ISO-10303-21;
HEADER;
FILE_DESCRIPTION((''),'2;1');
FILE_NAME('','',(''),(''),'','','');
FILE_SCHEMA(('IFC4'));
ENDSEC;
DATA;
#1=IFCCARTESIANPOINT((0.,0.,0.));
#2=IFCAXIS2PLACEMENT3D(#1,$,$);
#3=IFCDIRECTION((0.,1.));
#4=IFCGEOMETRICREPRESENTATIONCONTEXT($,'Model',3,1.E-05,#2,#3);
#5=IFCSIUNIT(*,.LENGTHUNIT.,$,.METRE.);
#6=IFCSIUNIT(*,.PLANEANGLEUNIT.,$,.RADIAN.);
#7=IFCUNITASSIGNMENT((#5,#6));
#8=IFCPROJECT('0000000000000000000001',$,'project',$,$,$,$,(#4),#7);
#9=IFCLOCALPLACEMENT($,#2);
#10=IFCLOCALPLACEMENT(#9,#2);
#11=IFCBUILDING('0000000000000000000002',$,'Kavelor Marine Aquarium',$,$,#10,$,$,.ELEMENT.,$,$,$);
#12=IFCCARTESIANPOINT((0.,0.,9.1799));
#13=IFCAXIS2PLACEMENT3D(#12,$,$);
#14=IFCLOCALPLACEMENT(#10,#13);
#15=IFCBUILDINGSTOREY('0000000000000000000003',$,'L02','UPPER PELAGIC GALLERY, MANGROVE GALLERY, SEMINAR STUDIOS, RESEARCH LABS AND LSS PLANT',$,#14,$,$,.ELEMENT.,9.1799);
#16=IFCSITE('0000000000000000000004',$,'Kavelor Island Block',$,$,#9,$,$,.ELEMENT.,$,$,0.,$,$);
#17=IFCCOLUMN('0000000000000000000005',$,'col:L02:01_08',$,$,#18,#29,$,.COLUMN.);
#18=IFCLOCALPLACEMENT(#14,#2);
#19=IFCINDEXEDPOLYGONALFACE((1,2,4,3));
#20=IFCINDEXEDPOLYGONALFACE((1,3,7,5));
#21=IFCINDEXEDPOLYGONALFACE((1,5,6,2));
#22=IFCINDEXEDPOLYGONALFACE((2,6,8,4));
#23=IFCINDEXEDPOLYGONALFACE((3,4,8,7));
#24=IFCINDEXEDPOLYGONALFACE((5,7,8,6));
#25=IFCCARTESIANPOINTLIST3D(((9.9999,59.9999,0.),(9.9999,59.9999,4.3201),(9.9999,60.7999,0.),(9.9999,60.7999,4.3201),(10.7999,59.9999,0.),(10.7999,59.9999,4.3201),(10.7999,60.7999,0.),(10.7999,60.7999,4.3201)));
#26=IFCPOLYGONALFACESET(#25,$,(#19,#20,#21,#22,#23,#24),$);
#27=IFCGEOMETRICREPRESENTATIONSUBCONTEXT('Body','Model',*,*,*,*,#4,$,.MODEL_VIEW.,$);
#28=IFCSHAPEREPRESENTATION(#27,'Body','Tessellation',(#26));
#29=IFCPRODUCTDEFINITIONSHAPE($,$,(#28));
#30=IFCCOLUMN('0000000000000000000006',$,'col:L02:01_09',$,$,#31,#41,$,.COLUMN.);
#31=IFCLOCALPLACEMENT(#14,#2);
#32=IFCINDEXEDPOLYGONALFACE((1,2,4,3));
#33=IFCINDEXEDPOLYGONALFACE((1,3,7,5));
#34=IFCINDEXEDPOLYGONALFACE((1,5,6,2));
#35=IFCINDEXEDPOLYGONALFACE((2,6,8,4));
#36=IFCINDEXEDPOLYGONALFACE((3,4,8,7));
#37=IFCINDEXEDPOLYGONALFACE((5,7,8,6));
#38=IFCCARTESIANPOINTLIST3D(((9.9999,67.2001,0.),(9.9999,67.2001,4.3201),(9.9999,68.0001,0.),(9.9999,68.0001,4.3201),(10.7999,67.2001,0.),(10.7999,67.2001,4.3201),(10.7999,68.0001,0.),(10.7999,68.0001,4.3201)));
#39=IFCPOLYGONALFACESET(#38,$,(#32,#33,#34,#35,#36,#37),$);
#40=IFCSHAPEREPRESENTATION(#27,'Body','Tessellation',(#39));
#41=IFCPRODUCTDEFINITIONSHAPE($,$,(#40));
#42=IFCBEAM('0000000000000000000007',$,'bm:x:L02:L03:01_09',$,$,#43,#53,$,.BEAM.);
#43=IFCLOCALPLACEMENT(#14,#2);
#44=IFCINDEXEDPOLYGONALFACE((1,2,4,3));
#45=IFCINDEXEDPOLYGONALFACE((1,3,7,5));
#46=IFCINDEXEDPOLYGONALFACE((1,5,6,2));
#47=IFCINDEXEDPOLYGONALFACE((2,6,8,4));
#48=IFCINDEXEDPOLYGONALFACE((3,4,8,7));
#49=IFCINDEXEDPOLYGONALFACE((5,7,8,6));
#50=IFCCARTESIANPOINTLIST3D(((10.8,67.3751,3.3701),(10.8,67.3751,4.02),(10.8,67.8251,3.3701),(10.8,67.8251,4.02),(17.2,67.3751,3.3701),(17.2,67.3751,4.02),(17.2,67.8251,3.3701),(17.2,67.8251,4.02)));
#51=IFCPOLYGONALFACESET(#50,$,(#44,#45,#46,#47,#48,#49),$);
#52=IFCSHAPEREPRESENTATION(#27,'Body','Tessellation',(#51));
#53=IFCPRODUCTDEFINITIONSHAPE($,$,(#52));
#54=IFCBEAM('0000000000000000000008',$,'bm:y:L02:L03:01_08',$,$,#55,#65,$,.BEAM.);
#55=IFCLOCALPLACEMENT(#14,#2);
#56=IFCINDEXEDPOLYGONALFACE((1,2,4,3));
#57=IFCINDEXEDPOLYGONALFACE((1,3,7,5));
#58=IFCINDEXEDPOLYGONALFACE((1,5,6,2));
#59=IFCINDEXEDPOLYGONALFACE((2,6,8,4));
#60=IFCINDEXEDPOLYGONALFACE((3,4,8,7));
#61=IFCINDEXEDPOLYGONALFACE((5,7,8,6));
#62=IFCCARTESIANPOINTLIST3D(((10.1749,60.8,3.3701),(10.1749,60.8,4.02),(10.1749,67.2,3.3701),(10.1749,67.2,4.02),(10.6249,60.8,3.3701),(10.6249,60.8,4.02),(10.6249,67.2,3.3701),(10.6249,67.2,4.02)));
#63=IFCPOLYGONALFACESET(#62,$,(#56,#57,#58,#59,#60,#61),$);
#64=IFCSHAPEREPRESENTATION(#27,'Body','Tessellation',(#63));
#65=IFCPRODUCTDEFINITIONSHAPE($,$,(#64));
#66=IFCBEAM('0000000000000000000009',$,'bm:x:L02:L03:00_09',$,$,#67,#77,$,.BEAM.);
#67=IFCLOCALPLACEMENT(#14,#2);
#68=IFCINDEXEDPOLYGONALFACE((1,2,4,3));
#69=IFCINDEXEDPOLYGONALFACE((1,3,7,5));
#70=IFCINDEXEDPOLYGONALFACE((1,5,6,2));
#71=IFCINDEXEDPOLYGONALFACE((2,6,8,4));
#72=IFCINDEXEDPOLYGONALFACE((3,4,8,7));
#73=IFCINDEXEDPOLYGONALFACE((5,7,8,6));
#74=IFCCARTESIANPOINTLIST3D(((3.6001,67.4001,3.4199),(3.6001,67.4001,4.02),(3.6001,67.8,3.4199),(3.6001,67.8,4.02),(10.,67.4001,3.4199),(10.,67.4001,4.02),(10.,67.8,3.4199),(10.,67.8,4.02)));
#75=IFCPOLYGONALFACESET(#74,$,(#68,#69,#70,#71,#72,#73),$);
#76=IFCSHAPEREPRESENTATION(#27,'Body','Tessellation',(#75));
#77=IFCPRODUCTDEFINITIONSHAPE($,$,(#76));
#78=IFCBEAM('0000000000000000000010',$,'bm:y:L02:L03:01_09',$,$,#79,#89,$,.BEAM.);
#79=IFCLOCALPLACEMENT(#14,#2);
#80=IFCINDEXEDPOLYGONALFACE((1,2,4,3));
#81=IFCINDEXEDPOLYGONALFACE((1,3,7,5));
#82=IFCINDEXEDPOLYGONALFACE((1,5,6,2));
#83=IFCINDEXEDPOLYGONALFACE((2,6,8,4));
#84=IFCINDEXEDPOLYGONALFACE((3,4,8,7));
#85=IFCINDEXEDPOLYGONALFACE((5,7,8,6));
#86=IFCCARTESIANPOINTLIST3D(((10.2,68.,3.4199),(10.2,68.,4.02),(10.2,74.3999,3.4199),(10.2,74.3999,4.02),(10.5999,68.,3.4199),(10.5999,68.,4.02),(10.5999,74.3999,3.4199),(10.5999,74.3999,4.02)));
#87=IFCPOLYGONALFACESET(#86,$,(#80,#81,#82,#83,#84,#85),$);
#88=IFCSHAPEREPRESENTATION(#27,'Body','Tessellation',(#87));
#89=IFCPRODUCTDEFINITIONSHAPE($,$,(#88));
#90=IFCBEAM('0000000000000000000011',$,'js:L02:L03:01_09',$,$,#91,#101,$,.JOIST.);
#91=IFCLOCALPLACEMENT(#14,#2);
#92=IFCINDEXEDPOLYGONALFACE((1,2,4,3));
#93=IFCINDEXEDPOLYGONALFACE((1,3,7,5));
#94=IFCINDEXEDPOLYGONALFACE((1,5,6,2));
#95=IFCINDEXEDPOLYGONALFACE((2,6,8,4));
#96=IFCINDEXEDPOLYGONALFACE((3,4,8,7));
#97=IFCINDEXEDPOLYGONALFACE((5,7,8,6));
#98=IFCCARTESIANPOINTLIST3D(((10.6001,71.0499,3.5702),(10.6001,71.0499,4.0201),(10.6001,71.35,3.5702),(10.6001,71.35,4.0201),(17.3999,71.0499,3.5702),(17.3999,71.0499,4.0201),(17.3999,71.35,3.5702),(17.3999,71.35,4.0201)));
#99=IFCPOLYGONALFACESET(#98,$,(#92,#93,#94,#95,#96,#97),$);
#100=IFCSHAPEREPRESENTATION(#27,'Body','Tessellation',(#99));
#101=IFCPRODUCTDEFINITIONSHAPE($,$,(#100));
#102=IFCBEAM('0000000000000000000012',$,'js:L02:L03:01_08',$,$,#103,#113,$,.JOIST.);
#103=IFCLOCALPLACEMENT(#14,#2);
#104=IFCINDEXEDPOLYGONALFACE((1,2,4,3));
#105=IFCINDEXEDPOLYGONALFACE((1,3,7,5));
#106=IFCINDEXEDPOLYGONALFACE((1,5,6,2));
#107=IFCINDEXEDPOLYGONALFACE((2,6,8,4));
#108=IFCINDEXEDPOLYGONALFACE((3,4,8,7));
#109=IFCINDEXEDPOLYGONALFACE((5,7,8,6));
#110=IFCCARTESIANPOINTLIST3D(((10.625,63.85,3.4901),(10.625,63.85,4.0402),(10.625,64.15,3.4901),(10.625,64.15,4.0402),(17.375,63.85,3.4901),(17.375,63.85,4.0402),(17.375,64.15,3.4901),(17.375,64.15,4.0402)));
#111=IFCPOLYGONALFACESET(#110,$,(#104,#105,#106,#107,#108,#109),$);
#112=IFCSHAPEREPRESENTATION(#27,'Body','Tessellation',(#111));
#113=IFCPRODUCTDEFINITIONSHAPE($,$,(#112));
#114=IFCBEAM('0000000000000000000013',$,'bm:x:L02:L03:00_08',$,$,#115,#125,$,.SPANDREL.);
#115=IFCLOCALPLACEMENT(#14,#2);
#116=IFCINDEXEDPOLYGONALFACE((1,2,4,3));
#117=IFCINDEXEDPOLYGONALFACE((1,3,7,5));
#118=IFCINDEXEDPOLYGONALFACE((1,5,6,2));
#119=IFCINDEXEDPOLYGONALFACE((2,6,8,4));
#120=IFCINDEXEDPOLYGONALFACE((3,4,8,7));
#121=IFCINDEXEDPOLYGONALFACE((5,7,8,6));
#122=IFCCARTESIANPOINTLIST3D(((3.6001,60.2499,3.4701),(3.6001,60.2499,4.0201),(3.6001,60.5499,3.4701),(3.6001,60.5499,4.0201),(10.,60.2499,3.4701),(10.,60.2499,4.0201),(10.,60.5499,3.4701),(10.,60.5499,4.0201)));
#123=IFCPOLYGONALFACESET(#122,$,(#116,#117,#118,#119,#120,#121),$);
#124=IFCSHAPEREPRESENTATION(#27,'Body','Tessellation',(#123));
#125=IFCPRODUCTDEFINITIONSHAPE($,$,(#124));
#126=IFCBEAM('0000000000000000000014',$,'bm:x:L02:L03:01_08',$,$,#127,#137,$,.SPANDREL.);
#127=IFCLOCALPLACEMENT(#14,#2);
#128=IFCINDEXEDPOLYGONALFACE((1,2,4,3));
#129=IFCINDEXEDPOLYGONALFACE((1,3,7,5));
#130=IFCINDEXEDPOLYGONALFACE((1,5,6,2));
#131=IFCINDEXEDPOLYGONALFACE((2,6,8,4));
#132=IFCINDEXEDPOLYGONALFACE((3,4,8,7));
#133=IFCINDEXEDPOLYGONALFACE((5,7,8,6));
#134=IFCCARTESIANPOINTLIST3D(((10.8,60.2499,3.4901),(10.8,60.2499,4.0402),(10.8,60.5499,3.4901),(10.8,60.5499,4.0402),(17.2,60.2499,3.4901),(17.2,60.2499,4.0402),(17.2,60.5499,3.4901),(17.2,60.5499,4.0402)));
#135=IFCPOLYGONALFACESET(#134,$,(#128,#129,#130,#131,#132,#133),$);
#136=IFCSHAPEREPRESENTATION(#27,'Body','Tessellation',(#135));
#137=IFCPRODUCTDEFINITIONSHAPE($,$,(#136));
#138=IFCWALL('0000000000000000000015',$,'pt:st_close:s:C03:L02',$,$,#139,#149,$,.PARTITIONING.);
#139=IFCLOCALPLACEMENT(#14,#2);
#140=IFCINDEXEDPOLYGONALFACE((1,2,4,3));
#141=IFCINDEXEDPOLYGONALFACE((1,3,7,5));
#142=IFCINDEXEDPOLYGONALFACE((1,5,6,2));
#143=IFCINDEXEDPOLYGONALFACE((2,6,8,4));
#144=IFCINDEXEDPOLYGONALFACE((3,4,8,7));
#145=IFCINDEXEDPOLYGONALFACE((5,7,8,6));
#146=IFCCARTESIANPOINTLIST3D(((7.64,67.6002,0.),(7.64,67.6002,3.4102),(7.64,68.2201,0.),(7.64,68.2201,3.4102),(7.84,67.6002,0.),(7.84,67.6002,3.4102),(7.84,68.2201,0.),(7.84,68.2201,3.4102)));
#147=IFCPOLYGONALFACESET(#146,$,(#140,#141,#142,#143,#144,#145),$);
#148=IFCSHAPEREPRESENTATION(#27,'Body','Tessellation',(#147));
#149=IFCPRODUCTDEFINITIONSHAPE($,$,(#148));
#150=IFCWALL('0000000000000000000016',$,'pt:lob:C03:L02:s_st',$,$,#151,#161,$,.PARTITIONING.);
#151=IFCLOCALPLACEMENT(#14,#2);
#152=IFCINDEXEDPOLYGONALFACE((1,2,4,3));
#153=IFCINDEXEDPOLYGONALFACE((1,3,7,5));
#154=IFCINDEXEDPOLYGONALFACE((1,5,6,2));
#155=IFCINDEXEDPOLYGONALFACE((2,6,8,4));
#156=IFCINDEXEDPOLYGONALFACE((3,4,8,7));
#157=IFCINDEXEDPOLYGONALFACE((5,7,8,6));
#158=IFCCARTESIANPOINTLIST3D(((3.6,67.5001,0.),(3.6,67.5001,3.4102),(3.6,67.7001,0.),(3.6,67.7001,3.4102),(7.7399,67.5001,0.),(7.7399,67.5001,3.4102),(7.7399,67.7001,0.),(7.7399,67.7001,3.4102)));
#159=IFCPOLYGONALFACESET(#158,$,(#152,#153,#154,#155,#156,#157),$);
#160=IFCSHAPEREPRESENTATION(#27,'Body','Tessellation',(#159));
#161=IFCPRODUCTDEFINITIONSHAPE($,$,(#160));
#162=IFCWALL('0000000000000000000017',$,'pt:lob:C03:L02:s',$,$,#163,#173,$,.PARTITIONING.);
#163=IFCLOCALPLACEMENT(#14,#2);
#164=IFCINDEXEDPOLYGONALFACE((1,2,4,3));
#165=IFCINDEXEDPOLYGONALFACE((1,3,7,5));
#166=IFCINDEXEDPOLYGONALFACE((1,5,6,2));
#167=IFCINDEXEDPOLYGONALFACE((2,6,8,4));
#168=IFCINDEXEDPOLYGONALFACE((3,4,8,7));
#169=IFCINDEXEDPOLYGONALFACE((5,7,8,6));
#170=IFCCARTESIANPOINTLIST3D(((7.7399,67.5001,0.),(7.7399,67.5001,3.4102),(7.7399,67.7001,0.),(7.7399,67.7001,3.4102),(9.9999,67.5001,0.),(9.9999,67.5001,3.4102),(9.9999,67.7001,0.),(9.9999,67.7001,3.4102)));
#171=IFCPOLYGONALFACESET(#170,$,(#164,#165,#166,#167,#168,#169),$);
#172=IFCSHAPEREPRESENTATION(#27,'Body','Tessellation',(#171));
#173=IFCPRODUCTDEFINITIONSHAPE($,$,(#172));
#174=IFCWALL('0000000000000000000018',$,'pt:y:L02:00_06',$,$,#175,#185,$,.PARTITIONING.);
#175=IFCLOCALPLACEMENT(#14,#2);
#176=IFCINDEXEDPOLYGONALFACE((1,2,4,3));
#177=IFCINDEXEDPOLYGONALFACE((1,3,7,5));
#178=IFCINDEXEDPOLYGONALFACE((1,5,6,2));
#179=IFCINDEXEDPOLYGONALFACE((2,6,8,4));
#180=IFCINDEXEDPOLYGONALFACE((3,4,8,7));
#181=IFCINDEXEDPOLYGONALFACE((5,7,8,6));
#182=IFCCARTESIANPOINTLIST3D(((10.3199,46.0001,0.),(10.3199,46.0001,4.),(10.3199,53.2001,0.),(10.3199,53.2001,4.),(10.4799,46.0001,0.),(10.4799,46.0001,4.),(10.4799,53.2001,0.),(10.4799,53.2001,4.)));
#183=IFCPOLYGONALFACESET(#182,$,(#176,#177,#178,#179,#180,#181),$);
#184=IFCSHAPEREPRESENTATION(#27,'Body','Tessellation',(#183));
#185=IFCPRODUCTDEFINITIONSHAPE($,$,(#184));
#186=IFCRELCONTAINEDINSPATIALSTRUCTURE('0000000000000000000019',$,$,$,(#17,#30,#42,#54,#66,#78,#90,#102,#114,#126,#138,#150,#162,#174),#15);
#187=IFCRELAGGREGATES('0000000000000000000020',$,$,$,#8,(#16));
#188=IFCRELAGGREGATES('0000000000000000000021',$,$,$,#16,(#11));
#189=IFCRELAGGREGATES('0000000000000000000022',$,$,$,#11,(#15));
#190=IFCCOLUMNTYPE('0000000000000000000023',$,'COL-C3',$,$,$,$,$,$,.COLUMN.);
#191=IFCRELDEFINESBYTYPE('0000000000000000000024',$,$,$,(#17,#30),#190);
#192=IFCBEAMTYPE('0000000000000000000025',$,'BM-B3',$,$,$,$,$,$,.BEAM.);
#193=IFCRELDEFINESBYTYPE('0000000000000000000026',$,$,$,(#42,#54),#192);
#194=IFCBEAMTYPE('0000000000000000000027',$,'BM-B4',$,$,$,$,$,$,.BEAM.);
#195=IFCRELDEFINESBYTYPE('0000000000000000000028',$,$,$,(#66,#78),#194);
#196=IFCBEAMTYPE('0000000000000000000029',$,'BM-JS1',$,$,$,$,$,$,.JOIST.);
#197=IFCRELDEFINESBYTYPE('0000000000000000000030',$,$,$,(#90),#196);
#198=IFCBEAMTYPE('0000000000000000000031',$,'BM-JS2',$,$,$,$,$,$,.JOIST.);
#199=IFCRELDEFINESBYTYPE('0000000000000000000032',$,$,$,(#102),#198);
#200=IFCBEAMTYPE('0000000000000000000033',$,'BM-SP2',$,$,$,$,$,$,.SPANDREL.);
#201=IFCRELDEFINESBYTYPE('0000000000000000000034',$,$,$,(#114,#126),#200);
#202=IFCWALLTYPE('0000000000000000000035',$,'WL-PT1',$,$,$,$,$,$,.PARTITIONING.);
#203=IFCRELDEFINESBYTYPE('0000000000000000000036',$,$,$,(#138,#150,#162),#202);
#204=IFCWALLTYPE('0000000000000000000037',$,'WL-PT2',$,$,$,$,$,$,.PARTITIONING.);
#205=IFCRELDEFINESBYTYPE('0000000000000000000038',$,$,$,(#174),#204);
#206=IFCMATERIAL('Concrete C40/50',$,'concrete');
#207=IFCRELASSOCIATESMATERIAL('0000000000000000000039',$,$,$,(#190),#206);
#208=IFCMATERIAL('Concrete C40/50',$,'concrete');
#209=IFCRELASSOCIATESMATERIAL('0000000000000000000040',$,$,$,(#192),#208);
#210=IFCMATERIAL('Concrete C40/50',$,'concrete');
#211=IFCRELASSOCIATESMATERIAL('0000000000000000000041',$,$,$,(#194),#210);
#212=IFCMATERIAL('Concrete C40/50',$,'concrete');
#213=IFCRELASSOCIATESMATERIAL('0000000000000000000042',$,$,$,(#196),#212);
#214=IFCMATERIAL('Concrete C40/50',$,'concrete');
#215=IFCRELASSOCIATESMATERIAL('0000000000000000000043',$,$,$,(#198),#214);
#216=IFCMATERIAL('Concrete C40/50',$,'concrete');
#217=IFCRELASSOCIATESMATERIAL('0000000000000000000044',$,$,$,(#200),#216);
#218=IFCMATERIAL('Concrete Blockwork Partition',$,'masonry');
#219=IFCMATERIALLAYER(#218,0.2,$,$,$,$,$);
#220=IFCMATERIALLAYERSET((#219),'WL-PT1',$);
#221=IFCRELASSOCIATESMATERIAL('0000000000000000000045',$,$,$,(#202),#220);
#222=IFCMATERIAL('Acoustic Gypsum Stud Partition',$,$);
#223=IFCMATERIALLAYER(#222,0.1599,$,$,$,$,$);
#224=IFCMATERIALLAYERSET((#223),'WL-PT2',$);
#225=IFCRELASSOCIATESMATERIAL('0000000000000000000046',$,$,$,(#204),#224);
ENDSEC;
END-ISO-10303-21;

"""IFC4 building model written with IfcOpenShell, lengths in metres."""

from ifc_helpers import new_model, si_unit, direction, frame, frame_2d, origin, origin_2d, place, context, subcontext, project, spatial, rectangle, extrude, material, layer, layer_set, material_profile, profile_set, type_object, element, save


model = new_model("IFC4")

# Units and contexts
model_context = context("Model", 3, precision=1e-05, world=origin(), true_north=direction((0.0, 1.0)))
body_context = subcontext(model_context, "Body", "Model", "MODEL_VIEW")
ifc_project = project(units=[si_unit("LENGTHUNIT", "METRE"), si_unit("PLANEANGLEUNIT", "RADIAN")], contexts=[model_context])

# Site, building, storey
site_placement = place(None, origin())
site = spatial("IfcSite", under=ifc_project, at=site_placement, Name="Kavelor Island Block", CompositionType="ELEMENT", RefElevation=0.0)
building_placement = place(site_placement, origin())
building = spatial("IfcBuilding", under=site, at=building_placement, Name="Kavelor Marine Aquarium", CompositionType="ELEMENT")
storey_placement = place(building_placement, frame((0.0, 0.0, 9.1799)))
storey = spatial("IfcBuildingStorey", under=building, at=storey_placement, Name="L02", Description="UPPER PELAGIC GALLERY, MANGROVE GALLERY, SEMINAR STUDIOS, RESEARCH LABS AND LSS PLANT", CompositionType="ELEMENT", Elevation=9.1799)

# Columns
ifc_material_1 = material(Name="Concrete C40/50", Category="concrete")
ifc_material_profile_1 = material_profile(ifc_material_1, rectangle(XDim=0.8, YDim=0.8, at=origin_2d()), Name="RC-COL 800x800")
ifc_profile_set_1 = profile_set([ifc_material_profile_1], Name="Concrete C40/50")
column_type = type_object("IfcColumnType", Name="COL-C3", PredefinedType="COLUMN", material=ifc_profile_set_1)
for number, where, z_axis, x_axis, name in (
    (1, (10.3999, 60.3999, 0.0), (0.0, 0.0, 1.0), (1.0, 0.0, 0.0), "col:L02:01_08"),
    (2, (10.3999, 67.6001, 0.0), (0.0, 0.0, 1.0), (1.0, 0.0, 0.0), "col:L02:01_09"),
):
    element("IfcColumn", number, at=place(storey_placement, frame(where, z_axis=z_axis, x_axis=x_axis)), inside=storey, type_object=column_type, Name=name, PredefinedType="COLUMN", context=body_context, shape_type="SweptSolid", body=[
        extrude(rectangle(XDim=0.8, YDim=0.8, at=origin_2d()), origin(), (0.0, 0.0, 1.0), 4.3201),
    ])

# Beams
ifc_material_2 = material(Name="Concrete C40/50", Category="concrete")
ifc_material_profile_2 = material_profile(ifc_material_2, rectangle(XDim=0.45, YDim=0.6499, at=origin_2d()), Name="RC-BM 450x650")
ifc_profile_set_2 = profile_set([ifc_material_profile_2], Name="Concrete C40/50")
beam_type_1 = type_object("IfcBeamType", Name="BM-B3", PredefinedType="BEAM", material=ifc_profile_set_2)
for number, where, z_axis, x_axis, name in (
    (3, (10.8, 67.6001, 3.6951), (1.0, 0.0, 0.0), (0.0, 1.0, 0.0), "bm:x:L02:L03:01_09"),
    (4, (10.3999, 60.8, 3.6951), (0.0, 1.0, 0.0), (-1.0, 0.0, 0.0), "bm:y:L02:L03:01_08"),
):
    element("IfcBeam", number, at=place(storey_placement, frame(where, z_axis=z_axis, x_axis=x_axis)), inside=storey, type_object=beam_type_1, Name=name, PredefinedType="BEAM", context=body_context, shape_type="SweptSolid", body=[
        extrude(rectangle(XDim=0.45, YDim=0.6499, at=origin_2d()), origin(), (0.0, 0.0, 1.0), 6.3999),
    ])
ifc_material_3 = material(Name="Concrete C40/50", Category="concrete")
ifc_material_profile_3 = material_profile(ifc_material_3, rectangle(XDim=0.3999, YDim=0.6001, at=origin_2d()), Name="RC-BM 400x600")
ifc_profile_set_3 = profile_set([ifc_material_profile_3], Name="Concrete C40/50")
beam_type_2 = type_object("IfcBeamType", Name="BM-B4", PredefinedType="BEAM", material=ifc_profile_set_3)
for number, where, z_axis, x_axis, name in (
    (5, (3.6001, 67.6001, 3.72), (1.0, 0.0, 0.0), (0.0, 1.0, 0.0), "bm:x:L02:L03:00_09"),
    (6, (10.3999, 68.0, 3.72), (0.0, 1.0, 0.0), (-1.0, 0.0, 0.0), "bm:y:L02:L03:01_09"),
):
    element("IfcBeam", number, at=place(storey_placement, frame(where, z_axis=z_axis, x_axis=x_axis)), inside=storey, type_object=beam_type_2, Name=name, PredefinedType="BEAM", context=body_context, shape_type="SweptSolid", body=[
        extrude(rectangle(XDim=0.3999, YDim=0.6001, at=origin_2d()), origin(), (0.0, 0.0, 1.0), 6.3999),
    ])
ifc_material_4 = material(Name="Concrete C40/50", Category="concrete")
ifc_material_profile_4 = material_profile(ifc_material_4, rectangle(XDim=0.3, YDim=0.45, at=origin_2d()), Name="RC-JS 300x450")
ifc_profile_set_4 = profile_set([ifc_material_profile_4], Name="Concrete C40/50")
beam_type_3 = type_object("IfcBeamType", Name="BM-JS1", PredefinedType="JOIST", material=ifc_profile_set_4)
beam_1_placement = place(storey_placement, frame((10.6001, 71.2, 3.7952), z_axis=(1.0, 0.0, 0.0), x_axis=(0.0, 1.0, 0.0)))
element("IfcBeam", 7, at=beam_1_placement, inside=storey, type_object=beam_type_3, Name="js:L02:L03:01_09", PredefinedType="JOIST", context=body_context, shape_type="SweptSolid", body=[
    extrude(rectangle(XDim=0.3, YDim=0.45, at=origin_2d()), origin(), (0.0, 0.0, 1.0), 6.7998),
])
ifc_material_5 = material(Name="Concrete C40/50", Category="concrete")
ifc_material_profile_5 = material_profile(ifc_material_5, rectangle(XDim=0.3, YDim=0.55, at=origin_2d()), Name="RC-JS 300x550")
ifc_profile_set_5 = profile_set([ifc_material_profile_5], Name="Concrete C40/50")
beam_type_4 = type_object("IfcBeamType", Name="BM-JS2", PredefinedType="JOIST", material=ifc_profile_set_5)
beam_2_placement = place(storey_placement, frame((10.625, 64.0, 3.7651), z_axis=(1.0, 0.0, 0.0), x_axis=(0.0, 1.0, 0.0)))
element("IfcBeam", 8, at=beam_2_placement, inside=storey, type_object=beam_type_4, Name="js:L02:L03:01_08", PredefinedType="JOIST", context=body_context, shape_type="SweptSolid", body=[
    extrude(rectangle(XDim=0.3, YDim=0.55, at=origin_2d()), origin(), (0.0, 0.0, 1.0), 6.75),
])
ifc_material_6 = material(Name="Concrete C40/50", Category="concrete")
ifc_material_profile_6 = material_profile(ifc_material_6, rectangle(XDim=0.3, YDim=0.55, at=origin_2d()), Name="RC-SP 300x550")
ifc_profile_set_6 = profile_set([ifc_material_profile_6], Name="Concrete C40/50")
beam_type_5 = type_object("IfcBeamType", Name="BM-SP2", PredefinedType="SPANDREL", material=ifc_profile_set_6)
for number, where, z_axis, x_axis, name in (
    (9, (3.6001, 60.3999, 3.7451), (1.0, 0.0, 0.0), (0.0, 1.0, 0.0), "bm:x:L02:L03:00_08"),
    (10, (10.8, 60.3999, 3.7651), (1.0, 0.0, 0.0), (0.0, 1.0, 0.0), "bm:x:L02:L03:01_08"),
):
    element("IfcBeam", number, at=place(storey_placement, frame(where, z_axis=z_axis, x_axis=x_axis)), inside=storey, type_object=beam_type_5, Name=name, PredefinedType="SPANDREL", context=body_context, shape_type="SweptSolid", body=[
        extrude(rectangle(XDim=0.3, YDim=0.55, at=origin_2d()), origin(), (0.0, 0.0, 1.0), 6.3999),
    ])

# Wall
ifc_material_7 = material(Name="Concrete Blockwork Partition", Category="masonry")
ifc_layer_1 = layer(ifc_material_7, 0.2)
ifc_layer_set_1 = layer_set([ifc_layer_1], Name="WL-PT1")
wall_type_1 = type_object("IfcWallType", Name="WL-PT1", PredefinedType="PARTITIONING", material=ifc_layer_set_1)
wall_1_placement = place(storey_placement, frame((7.74, 67.6001, 0.0), z_axis=(0.0, 0.0, 1.0), x_axis=(0.0, 1.0, 0.0)))
element("IfcWall", 11, at=wall_1_placement, inside=storey, type_object=wall_type_1, Name="pt:st_close:s:C03:L02", PredefinedType="PARTITIONING", context=body_context, shape_type="SweptSolid", body=[
    extrude(rectangle(XDim=0.6199, YDim=0.2, at=frame_2d((0.3101, 0.0))), origin(), (0.0, 0.0, 1.0), 3.4102),
])

# Walls
wall_2_placement = place(storey_placement, frame((3.6001, 67.6001, 0.0), z_axis=(0.0, 0.0, 1.0), x_axis=(1.0, 0.0, 0.0)))
element("IfcWall", 12, at=wall_2_placement, inside=storey, type_object=wall_type_1, Name="pt:lob:C03:L02:s_st", PredefinedType="PARTITIONING", context=body_context, shape_type="SweptSolid", body=[
    extrude(rectangle(XDim=4.1399, YDim=0.2, at=frame_2d((2.0698, 0.0))), origin(), (0.0, 0.0, 1.0), 3.4102),
])
wall_3_placement = place(storey_placement, frame((7.74, 67.6001, 0.0), z_axis=(0.0, 0.0, 1.0), x_axis=(1.0, 0.0, 0.0)))
element("IfcWall", 13, at=wall_3_placement, inside=storey, type_object=wall_type_1, Name="pt:lob:C03:L02:s", PredefinedType="PARTITIONING", context=body_context, shape_type="SweptSolid", body=[
    extrude(rectangle(XDim=2.26, YDim=0.2, at=frame_2d((1.1299, 0.0))), origin(), (0.0, 0.0, 1.0), 3.4102),
])
ifc_material_8 = material(Name="Acoustic Gypsum Stud Partition")
ifc_layer_2 = layer(ifc_material_8, 0.1599)
ifc_layer_set_2 = layer_set([ifc_layer_2], Name="WL-PT2")
wall_type_2 = type_object("IfcWallType", Name="WL-PT2", PredefinedType="PARTITIONING", material=ifc_layer_set_2)
wall_4_placement = place(storey_placement, frame((10.3999, 46.0, 0.0), z_axis=(0.0, 0.0, 1.0), x_axis=(0.0, 1.0, 0.0)))
element("IfcWall", 14, at=wall_4_placement, inside=storey, type_object=wall_type_2, Name="pt:y:L02:00_06", PredefinedType="PARTITIONING", context=body_context, shape_type="SweptSolid", body=[
    extrude(rectangle(XDim=7.2, YDim=0.1599, at=frame_2d((3.6001, 0.0))), origin(), (0.0, 0.0, 1.0), 4.0),
])

save(model, "model.ifc")
